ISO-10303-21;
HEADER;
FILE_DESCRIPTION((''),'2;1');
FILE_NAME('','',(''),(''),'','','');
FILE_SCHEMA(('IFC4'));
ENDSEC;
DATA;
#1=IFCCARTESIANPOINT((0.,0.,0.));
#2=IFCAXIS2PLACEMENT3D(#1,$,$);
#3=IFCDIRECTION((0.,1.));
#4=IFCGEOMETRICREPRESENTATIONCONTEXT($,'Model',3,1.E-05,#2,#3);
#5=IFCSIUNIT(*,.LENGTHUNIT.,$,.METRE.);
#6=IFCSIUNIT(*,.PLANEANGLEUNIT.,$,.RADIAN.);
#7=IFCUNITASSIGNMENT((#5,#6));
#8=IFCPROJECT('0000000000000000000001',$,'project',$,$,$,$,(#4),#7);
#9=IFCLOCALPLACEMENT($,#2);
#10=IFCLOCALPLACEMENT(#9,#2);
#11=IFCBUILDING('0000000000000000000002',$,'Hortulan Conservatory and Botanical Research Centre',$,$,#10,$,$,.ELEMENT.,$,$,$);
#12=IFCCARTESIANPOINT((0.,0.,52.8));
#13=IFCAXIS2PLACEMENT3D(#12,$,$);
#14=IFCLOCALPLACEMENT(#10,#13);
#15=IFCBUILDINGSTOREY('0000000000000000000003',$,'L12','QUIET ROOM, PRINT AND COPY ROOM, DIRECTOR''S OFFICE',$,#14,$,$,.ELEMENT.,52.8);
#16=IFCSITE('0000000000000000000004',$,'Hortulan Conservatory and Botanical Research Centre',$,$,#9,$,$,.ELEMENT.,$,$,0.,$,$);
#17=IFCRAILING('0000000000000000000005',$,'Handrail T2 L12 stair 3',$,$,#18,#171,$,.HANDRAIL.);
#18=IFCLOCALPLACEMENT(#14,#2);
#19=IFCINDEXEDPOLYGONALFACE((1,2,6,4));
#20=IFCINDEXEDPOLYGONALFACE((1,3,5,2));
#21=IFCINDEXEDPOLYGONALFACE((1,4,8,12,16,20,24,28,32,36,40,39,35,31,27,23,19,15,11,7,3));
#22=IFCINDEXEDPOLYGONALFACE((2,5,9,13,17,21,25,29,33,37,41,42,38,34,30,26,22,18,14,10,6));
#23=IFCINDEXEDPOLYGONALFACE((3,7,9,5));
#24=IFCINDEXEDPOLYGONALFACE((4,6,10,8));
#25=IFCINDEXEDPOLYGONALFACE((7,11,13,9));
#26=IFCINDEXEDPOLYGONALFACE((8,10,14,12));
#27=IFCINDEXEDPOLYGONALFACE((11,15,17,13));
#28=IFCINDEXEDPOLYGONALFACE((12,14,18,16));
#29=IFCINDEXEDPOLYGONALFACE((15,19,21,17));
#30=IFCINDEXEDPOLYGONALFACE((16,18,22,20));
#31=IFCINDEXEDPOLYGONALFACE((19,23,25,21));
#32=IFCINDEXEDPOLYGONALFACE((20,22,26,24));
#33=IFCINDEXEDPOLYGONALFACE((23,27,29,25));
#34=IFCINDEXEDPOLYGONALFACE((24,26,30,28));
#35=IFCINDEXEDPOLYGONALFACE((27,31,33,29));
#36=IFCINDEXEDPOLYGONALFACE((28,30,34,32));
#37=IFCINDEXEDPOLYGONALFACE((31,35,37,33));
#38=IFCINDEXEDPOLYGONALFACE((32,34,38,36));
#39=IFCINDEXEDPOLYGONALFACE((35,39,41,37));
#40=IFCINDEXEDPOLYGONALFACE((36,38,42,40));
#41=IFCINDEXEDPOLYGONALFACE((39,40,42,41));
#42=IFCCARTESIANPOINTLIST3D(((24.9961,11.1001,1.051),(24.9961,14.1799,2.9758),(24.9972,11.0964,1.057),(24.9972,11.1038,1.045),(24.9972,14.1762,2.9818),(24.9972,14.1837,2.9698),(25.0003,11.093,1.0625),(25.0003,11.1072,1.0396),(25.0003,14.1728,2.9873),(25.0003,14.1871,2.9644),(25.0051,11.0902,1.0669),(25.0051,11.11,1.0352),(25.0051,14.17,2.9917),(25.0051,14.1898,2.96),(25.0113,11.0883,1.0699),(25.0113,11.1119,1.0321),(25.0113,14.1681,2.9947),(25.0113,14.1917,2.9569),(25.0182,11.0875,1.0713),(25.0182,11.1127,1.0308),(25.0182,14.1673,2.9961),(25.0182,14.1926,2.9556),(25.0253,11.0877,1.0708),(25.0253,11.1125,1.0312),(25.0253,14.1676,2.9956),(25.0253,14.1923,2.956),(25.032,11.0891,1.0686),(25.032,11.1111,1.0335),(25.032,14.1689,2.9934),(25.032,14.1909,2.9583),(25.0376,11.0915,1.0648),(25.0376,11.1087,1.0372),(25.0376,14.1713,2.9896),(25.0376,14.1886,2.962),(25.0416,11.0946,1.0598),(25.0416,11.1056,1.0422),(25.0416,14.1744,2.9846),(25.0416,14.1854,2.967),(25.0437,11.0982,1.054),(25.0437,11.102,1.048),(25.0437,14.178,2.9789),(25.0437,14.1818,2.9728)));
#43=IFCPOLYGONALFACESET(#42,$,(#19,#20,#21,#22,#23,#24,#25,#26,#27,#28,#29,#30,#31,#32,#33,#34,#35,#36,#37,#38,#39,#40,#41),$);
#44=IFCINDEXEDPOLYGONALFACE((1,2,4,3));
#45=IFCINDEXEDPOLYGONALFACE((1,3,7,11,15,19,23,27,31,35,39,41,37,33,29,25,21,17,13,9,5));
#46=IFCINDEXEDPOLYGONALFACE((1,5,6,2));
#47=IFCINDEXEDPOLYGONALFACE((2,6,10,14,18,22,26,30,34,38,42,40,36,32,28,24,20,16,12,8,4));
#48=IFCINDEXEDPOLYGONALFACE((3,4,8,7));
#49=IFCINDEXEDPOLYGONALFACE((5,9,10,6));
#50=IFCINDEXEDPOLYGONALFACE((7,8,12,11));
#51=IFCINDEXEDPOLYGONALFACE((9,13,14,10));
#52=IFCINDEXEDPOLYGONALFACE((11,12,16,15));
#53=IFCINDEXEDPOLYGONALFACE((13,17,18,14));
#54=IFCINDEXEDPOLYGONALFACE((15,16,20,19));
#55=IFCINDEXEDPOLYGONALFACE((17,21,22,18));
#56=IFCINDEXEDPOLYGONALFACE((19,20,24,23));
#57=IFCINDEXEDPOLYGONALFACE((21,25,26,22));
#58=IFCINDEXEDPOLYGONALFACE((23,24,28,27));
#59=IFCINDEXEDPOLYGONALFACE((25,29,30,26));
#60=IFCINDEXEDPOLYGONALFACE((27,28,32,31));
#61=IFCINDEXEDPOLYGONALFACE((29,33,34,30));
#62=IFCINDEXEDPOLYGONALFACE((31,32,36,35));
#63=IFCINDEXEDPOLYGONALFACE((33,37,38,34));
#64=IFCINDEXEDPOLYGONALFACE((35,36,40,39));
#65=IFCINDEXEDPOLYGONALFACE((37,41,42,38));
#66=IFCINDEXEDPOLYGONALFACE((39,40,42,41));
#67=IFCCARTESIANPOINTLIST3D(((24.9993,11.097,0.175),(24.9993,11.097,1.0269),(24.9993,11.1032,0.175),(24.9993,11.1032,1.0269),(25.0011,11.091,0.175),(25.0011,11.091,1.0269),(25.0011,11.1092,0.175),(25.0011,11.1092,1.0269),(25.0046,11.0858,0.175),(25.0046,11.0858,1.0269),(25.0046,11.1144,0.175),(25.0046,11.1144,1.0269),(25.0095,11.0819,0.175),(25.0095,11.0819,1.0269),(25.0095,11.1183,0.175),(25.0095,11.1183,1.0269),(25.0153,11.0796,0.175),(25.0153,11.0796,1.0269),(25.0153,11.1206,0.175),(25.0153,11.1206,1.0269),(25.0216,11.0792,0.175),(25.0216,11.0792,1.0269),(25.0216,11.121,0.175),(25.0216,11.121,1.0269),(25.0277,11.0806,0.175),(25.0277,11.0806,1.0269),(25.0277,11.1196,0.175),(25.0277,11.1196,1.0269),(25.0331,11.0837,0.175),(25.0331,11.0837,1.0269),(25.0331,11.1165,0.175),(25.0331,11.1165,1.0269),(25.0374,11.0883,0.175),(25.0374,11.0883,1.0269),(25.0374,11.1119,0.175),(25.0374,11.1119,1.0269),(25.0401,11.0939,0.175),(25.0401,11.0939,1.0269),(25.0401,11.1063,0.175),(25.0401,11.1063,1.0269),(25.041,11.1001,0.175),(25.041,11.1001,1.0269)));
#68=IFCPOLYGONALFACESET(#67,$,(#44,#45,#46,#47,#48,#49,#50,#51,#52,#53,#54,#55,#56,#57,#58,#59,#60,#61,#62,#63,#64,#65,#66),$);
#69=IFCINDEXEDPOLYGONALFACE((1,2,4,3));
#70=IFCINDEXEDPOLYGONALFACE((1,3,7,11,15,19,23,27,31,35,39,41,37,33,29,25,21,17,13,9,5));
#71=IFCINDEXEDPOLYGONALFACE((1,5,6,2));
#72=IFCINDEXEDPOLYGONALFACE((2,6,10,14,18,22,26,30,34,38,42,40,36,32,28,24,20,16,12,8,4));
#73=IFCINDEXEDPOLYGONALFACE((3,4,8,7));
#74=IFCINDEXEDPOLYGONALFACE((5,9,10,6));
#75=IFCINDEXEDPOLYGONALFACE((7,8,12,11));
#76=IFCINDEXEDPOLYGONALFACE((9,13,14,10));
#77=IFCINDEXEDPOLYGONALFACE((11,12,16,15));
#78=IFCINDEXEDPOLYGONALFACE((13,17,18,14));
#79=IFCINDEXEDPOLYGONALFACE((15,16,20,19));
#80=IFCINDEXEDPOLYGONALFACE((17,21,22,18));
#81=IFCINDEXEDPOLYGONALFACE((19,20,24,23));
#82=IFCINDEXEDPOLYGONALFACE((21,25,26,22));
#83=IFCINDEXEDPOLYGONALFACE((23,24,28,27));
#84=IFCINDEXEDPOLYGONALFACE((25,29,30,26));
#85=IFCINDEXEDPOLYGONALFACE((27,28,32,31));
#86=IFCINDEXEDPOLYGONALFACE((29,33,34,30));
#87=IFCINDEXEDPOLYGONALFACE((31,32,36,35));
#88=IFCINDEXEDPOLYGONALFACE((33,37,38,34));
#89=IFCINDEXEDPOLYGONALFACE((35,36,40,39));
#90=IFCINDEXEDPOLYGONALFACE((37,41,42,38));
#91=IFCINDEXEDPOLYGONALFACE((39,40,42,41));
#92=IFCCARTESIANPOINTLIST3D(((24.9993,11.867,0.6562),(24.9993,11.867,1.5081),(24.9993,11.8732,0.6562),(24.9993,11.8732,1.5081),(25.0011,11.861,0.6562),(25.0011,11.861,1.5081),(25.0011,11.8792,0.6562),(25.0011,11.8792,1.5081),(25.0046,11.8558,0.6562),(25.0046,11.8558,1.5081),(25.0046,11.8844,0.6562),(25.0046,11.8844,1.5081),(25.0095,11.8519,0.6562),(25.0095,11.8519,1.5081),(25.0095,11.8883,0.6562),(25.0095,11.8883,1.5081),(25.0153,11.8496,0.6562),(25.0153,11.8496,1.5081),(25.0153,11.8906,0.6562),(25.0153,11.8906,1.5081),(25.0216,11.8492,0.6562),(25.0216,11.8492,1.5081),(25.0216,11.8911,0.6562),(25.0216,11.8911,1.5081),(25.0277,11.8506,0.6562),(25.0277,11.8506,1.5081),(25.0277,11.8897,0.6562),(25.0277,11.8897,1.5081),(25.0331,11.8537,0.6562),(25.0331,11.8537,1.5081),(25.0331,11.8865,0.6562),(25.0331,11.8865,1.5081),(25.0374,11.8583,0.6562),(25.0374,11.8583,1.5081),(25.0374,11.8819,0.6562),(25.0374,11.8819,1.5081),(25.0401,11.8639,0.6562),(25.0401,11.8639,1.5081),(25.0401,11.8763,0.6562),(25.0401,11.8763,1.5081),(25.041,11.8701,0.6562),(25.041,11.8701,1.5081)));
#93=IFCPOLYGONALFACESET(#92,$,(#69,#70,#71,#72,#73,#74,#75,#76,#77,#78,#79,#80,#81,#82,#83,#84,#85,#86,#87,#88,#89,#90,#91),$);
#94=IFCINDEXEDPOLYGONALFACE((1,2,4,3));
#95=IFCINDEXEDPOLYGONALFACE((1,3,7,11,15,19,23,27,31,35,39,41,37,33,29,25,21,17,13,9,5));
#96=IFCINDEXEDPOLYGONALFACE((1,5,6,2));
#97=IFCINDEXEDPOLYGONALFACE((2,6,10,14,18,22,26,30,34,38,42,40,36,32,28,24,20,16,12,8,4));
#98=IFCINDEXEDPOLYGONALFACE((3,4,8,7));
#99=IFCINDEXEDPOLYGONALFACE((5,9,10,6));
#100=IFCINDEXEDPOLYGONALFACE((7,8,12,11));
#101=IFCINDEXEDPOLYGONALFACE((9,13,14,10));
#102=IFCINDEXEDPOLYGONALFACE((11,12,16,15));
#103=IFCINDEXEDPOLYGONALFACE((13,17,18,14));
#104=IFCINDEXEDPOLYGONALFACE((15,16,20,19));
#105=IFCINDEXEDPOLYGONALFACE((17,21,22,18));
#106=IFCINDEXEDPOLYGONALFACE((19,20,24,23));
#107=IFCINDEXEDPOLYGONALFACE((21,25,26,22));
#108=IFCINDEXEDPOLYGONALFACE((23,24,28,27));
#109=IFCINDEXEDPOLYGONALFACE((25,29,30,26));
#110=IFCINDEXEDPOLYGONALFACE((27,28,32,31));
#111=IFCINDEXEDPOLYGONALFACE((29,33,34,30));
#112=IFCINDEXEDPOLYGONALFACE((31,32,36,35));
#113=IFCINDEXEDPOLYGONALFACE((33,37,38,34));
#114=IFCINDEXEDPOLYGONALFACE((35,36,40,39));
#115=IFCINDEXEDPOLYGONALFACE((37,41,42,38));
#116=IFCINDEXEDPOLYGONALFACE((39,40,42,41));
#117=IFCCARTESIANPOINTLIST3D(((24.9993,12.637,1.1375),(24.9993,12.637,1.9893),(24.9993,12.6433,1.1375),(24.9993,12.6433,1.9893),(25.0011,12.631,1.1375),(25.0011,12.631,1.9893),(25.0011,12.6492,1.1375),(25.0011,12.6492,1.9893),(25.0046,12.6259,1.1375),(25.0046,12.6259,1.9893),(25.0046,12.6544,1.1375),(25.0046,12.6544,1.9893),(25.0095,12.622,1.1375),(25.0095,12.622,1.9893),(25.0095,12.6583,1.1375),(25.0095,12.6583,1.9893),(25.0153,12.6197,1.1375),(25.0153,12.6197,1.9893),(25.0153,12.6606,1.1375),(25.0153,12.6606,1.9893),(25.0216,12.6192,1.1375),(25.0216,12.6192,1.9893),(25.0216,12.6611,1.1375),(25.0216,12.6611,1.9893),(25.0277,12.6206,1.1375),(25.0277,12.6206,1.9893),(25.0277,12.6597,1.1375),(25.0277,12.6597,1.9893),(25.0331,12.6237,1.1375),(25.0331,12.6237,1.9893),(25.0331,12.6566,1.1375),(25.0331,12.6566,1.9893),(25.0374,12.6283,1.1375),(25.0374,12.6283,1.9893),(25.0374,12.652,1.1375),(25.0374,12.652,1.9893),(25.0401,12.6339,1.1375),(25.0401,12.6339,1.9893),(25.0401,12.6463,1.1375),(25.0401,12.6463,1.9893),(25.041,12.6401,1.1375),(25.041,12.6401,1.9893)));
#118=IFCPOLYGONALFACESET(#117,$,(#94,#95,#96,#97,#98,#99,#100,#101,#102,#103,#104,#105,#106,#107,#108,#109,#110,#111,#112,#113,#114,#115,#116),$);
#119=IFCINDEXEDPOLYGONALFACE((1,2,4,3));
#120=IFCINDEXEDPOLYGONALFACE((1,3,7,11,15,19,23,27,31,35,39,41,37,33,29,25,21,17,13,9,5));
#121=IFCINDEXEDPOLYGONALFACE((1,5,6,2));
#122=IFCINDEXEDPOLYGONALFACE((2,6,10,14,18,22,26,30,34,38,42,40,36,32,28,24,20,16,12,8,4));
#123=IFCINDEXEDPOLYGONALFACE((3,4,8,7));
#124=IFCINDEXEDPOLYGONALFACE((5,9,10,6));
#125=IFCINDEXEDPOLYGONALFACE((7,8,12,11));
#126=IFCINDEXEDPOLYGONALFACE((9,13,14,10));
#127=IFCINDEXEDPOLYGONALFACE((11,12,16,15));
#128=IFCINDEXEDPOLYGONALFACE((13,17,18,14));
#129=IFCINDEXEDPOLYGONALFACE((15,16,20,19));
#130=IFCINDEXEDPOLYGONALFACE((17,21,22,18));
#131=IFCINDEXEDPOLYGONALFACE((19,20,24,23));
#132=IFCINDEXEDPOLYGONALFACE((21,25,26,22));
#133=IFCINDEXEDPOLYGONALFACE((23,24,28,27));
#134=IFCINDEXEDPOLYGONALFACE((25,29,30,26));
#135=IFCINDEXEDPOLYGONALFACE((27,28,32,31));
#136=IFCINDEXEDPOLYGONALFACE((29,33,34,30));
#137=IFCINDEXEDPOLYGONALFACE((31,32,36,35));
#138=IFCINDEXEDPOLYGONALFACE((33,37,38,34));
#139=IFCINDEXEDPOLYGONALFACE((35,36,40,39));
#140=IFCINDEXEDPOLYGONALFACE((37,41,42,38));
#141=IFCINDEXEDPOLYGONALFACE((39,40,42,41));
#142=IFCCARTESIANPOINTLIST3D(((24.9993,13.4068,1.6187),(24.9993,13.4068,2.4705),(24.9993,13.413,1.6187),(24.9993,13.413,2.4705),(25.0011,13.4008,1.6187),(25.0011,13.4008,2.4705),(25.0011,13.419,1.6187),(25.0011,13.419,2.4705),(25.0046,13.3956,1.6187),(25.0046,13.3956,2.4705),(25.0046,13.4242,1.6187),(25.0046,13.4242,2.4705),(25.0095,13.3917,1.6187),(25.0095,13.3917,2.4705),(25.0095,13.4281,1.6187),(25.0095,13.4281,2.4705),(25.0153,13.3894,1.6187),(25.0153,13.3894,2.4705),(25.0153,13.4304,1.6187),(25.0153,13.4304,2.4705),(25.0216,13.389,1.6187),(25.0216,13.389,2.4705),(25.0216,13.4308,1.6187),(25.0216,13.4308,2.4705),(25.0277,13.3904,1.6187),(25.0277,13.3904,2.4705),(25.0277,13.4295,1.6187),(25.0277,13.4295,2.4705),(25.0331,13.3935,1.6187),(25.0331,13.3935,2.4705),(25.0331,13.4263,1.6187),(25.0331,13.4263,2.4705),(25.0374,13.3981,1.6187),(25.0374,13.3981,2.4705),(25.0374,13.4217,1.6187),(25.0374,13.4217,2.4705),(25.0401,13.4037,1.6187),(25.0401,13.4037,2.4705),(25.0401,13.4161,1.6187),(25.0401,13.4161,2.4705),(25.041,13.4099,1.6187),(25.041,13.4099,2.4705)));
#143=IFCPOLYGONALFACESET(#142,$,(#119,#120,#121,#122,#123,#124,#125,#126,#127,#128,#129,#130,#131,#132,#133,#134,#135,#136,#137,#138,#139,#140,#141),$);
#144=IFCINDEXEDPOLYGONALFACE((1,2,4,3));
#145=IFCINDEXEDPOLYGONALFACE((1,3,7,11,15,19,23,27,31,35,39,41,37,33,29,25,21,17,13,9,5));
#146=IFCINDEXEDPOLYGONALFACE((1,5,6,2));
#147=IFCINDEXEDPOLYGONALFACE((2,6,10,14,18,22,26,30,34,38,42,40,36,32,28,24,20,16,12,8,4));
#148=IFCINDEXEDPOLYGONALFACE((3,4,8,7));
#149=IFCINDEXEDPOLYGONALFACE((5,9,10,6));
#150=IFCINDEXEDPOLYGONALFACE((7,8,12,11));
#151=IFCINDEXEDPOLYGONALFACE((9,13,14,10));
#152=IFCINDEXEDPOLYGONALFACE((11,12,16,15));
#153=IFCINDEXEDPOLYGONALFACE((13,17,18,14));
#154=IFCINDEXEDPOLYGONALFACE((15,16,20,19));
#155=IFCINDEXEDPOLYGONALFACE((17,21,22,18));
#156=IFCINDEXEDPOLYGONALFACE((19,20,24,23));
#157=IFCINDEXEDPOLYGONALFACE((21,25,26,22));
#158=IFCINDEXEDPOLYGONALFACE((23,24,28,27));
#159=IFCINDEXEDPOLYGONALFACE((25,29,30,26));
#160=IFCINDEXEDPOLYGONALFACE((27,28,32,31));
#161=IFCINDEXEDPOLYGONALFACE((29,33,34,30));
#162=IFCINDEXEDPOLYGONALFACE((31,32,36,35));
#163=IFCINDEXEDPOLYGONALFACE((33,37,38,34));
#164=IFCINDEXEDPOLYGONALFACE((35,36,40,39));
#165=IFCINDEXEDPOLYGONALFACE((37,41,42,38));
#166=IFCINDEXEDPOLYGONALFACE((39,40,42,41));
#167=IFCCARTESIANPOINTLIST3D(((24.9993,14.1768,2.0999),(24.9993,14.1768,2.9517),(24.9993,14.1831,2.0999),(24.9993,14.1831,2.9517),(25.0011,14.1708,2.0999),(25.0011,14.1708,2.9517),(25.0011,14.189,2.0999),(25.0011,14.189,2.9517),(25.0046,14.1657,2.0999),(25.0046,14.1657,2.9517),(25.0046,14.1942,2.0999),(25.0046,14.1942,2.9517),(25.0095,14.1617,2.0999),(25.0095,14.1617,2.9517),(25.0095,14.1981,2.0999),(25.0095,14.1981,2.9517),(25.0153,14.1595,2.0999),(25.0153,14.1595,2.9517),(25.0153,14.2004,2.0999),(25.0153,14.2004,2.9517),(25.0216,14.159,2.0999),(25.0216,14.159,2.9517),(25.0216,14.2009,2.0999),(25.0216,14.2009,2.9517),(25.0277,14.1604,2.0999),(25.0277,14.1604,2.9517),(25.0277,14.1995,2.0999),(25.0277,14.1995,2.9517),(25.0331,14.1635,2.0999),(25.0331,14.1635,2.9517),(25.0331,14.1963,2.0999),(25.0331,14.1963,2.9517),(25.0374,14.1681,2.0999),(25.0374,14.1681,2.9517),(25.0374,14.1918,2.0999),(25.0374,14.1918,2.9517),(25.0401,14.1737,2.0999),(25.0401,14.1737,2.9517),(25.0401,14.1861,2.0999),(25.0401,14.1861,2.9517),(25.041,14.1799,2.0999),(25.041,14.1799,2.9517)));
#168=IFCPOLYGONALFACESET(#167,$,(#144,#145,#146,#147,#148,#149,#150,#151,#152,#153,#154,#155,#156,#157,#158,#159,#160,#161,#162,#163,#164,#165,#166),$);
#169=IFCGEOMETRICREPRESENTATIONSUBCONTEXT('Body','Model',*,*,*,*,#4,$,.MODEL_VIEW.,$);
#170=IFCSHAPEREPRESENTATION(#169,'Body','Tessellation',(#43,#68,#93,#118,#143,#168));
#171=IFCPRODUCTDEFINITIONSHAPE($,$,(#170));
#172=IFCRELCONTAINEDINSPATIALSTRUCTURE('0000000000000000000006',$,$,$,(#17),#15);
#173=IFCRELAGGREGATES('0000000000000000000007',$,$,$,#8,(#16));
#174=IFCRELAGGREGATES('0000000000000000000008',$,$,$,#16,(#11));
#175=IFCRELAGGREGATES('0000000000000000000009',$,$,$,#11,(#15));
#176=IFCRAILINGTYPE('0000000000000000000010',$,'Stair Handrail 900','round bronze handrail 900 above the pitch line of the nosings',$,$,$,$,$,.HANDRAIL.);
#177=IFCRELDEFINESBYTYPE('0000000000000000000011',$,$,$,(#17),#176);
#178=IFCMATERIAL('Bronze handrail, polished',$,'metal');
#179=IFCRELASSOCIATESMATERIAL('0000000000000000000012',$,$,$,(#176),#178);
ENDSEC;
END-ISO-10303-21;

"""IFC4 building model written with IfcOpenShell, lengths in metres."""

from ifc_helpers import new_model, si_unit, direction, frame, origin, origin_2d, place, context, subcontext, project, spatial, circle, extrude, material, type_object, element, save


model = new_model("IFC4")

# Units and contexts
model_context = context("Model", 3, precision=1e-05, world=origin(), true_north=direction((0.0, 1.0)))
body_context = subcontext(model_context, "Body", "Model", "MODEL_VIEW")
ifc_project = project(units=[si_unit("LENGTHUNIT", "METRE"), si_unit("PLANEANGLEUNIT", "RADIAN")], contexts=[model_context])

# Site, building, storey
site_placement = place(None, origin())
site = spatial("IfcSite", under=ifc_project, at=site_placement, Name="Hortulan Conservatory and Botanical Research Centre", CompositionType="ELEMENT", RefElevation=0.0)
building_placement = place(site_placement, origin())
building = spatial("IfcBuilding", under=site, at=building_placement, Name="Hortulan Conservatory and Botanical Research Centre", CompositionType="ELEMENT")
storey_placement = place(building_placement, frame((0.0, 0.0, 52.8)))
storey = spatial("IfcBuildingStorey", under=building, at=storey_placement, Name="L12", Description="QUIET ROOM, PRINT AND COPY ROOM, DIRECTOR'S OFFICE", CompositionType="ELEMENT", Elevation=52.8)

# Railing
ifc_material_1 = material(Name="Bronze handrail, polished", Category="metal")
railing_type = type_object("IfcRailingType", Name="Stair Handrail 900", Description="round bronze handrail 900 above the pitch line of the nosings", PredefinedType="HANDRAIL", material=ifc_material_1)
for number, where, name in (
    (1, (25.02, 11.1001, 0.175), "Handrail T2 L12 stair 3"),
):
    element("IfcRailing", number, at=place(storey_placement, frame(where)), inside=storey, type_object=railing_type, Name=name, PredefinedType="HANDRAIL", context=body_context, shape_type="SweptSolid", body=[
        extrude(circle(Radius=0.0239, at=origin_2d()), frame((0.0, 0.0, 0.876), z_axis=(0.0, 0.84801, 0.529981), x_axis=(-1.0, 0.0, 0.0)), (0.0, 0.0, 1.0), 3.6318),
        extrude(circle(Radius=0.021, at=origin_2d()), origin(), (0.0, 0.0, 1.0), 0.8518),
        extrude(circle(Radius=0.021, at=origin_2d()), frame((0.0, 0.77, 0.4812)), (0.0, 0.0, 1.0), 0.8518),
        extrude(circle(Radius=0.021, at=origin_2d()), frame((0.0, 1.54, 0.9624)), (0.0, 0.0, 1.0), 0.8518),
        extrude(circle(Radius=0.021, at=origin_2d()), frame((0.0, 2.3098, 1.4436)), (0.0, 0.0, 1.0), 0.8518),
        extrude(circle(Radius=0.021, at=origin_2d()), frame((0.0, 3.0798, 1.9248)), (0.0, 0.0, 1.0), 0.8518),
    ])

save(model, "model.ifc")
